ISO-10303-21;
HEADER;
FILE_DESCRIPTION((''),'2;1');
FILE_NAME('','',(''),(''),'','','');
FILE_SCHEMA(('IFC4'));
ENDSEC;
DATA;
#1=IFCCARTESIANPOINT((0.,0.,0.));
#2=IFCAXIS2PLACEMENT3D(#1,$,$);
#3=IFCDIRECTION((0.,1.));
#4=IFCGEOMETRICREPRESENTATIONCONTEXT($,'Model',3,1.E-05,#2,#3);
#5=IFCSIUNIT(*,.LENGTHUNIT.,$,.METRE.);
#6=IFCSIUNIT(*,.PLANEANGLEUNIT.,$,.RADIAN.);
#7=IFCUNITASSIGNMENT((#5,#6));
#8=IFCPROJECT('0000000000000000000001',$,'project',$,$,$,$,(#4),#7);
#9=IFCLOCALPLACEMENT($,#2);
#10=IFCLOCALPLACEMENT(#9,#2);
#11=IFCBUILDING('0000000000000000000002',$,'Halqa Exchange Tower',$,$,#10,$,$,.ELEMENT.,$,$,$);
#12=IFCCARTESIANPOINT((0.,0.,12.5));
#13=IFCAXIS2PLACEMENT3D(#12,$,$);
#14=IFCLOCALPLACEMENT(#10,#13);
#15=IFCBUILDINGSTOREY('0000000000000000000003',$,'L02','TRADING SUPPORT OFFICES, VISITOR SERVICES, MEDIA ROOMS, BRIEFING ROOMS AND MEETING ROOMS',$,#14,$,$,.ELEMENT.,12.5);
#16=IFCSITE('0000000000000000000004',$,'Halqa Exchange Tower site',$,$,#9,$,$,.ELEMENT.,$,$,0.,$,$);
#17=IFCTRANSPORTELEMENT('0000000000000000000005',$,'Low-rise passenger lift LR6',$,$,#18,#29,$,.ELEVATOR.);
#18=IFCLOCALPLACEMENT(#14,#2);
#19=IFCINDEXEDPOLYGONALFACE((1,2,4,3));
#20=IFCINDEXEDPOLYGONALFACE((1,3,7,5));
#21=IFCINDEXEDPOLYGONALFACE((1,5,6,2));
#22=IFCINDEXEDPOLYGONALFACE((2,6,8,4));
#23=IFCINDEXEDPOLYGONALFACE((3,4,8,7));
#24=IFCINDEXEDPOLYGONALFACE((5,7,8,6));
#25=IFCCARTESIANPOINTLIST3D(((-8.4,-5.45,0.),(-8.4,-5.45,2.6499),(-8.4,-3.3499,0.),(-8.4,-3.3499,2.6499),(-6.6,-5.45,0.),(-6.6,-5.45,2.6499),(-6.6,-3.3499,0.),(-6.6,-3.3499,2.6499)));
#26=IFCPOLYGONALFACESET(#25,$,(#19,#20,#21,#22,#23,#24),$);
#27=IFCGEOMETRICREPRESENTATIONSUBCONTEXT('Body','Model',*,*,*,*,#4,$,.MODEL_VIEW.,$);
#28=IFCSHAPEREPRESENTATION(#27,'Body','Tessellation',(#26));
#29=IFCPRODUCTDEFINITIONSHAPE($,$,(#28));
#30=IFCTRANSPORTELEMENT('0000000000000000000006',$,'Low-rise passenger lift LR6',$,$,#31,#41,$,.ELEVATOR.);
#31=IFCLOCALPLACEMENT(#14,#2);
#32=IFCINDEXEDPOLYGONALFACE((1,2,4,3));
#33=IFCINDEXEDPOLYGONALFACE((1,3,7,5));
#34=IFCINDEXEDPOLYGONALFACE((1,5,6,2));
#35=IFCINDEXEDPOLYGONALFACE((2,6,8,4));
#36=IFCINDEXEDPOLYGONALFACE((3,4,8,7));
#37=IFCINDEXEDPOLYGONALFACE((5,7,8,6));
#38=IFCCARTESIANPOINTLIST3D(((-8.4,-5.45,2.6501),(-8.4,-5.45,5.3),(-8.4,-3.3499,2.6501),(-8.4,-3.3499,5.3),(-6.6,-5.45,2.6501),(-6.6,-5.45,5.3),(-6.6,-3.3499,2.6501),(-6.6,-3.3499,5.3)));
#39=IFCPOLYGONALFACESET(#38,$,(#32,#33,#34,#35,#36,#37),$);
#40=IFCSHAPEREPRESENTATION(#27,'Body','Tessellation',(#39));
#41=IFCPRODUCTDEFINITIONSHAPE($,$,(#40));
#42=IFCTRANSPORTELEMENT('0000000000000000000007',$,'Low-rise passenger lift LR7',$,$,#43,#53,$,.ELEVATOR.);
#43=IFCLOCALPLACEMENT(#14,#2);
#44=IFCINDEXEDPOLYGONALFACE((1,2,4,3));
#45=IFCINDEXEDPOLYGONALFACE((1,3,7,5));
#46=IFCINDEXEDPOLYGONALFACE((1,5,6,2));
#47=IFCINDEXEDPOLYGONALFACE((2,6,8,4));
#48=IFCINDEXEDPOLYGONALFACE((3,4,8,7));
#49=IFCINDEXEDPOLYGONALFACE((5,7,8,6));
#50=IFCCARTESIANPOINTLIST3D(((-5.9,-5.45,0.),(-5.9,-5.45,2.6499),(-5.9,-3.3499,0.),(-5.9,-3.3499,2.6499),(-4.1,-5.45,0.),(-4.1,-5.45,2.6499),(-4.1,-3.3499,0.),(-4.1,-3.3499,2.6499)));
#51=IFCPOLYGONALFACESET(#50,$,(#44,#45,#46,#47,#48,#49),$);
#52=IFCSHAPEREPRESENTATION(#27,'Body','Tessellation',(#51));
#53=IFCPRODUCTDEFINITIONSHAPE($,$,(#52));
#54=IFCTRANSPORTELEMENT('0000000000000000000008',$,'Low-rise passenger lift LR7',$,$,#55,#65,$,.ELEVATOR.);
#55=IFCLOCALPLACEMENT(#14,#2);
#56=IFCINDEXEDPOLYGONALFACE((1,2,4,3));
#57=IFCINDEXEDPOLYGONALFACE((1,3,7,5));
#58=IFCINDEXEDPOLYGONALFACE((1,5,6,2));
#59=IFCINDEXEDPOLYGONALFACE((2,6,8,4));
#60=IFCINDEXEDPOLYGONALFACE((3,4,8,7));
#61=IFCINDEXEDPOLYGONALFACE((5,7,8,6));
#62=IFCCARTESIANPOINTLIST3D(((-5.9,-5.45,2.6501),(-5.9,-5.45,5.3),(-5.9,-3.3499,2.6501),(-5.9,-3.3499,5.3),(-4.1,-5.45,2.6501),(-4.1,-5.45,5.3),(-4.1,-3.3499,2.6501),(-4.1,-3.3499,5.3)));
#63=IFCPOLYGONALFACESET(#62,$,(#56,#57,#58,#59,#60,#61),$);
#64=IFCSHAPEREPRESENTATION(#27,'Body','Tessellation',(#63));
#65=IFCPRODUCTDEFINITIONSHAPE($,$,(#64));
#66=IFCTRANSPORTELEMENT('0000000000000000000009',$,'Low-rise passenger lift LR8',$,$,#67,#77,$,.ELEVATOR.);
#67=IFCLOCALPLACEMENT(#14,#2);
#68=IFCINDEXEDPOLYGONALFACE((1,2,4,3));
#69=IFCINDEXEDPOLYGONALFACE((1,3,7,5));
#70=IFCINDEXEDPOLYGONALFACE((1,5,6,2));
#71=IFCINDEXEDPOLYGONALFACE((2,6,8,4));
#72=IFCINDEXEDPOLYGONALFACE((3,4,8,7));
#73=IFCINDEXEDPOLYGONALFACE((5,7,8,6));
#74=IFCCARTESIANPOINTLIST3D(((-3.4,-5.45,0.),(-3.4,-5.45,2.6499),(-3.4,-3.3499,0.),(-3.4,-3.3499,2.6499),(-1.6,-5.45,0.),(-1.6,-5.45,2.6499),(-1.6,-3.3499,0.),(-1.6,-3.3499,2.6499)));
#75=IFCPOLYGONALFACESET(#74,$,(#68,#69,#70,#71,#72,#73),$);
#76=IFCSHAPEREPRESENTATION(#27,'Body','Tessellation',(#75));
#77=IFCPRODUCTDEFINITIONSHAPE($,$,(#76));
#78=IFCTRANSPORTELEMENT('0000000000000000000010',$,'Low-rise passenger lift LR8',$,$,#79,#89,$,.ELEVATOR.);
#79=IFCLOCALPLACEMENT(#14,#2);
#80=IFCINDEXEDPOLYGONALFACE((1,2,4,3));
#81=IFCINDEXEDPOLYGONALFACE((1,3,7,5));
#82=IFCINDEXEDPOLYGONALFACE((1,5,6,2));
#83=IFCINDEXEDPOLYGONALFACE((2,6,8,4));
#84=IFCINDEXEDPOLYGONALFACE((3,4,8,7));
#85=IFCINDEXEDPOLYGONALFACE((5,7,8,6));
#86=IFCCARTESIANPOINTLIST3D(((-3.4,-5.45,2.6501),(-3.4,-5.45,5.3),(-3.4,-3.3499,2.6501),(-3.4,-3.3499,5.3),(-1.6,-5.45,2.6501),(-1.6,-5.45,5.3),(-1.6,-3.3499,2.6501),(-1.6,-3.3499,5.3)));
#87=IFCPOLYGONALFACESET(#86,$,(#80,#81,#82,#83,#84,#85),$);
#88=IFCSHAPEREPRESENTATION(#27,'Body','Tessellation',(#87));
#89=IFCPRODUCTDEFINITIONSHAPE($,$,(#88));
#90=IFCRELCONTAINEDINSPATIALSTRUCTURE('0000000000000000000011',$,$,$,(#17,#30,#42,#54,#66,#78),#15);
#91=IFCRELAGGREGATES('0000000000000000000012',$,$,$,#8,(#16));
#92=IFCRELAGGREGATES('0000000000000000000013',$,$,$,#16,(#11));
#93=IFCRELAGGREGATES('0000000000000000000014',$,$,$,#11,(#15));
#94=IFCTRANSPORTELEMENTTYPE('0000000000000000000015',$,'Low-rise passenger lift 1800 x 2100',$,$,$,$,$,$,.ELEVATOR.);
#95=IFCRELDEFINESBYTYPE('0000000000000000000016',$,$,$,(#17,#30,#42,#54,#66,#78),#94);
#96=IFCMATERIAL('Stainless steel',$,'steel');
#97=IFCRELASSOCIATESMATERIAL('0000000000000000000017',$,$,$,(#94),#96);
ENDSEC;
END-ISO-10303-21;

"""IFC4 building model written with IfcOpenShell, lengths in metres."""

from ifc_helpers import new_model, si_unit, direction, frame, origin, origin_2d, place, context, subcontext, project, spatial, rectangle, extrude, material, type_object, element, save


model = new_model("IFC4")

# Units and contexts
model_context = context("Model", 3, precision=1e-05, world=origin(), true_north=direction((0.0, 1.0)))
body_context = subcontext(model_context, "Body", "Model", "MODEL_VIEW")
ifc_project = project(units=[si_unit("LENGTHUNIT", "METRE"), si_unit("PLANEANGLEUNIT", "RADIAN")], contexts=[model_context])

# Site, building, storey
site_placement = place(None, origin())
site = spatial("IfcSite", under=ifc_project, at=site_placement, Name="Halqa Exchange Tower site", CompositionType="ELEMENT", RefElevation=0.0)
building_placement = place(site_placement, origin())
building = spatial("IfcBuilding", under=site, at=building_placement, Name="Halqa Exchange Tower", CompositionType="ELEMENT")
storey_placement = place(building_placement, frame((0.0, 0.0, 12.5)))
storey = spatial("IfcBuildingStorey", under=building, at=storey_placement, Name="L02", Description="TRADING SUPPORT OFFICES, VISITOR SERVICES, MEDIA ROOMS, BRIEFING ROOMS AND MEETING ROOMS", CompositionType="ELEMENT", Elevation=12.5)

# Shared definitions
ifc_material_1 = material(Name="Stainless steel", Category="steel")

# Transport elements
transport_element_type = type_object("IfcTransportElementType", Name="Low-rise passenger lift 1800 x 2100", PredefinedType="ELEVATOR", material=ifc_material_1)
for number, where, z_axis, x_axis, name in (
    (1, (-7.5, -4.3999, 0.0), (0.0, 0.0, 1.0), (1.0, 0.0, 0.0), "Low-rise passenger lift LR6"),
    (2, (-7.5, -4.3999, 2.6501), (0.0, 0.0, 1.0), (1.0, 0.0, 0.0), "Low-rise passenger lift LR6"),
    (3, (-5.0, -4.3999, 0.0), (0.0, 0.0, 1.0), (1.0, 0.0, 0.0), "Low-rise passenger lift LR7"),
    (4, (-5.0, -4.3999, 2.6501), (0.0, 0.0, 1.0), (1.0, 0.0, 0.0), "Low-rise passenger lift LR7"),
    (5, (-2.5, -4.3999, 0.0), (0.0, 0.0, 1.0), (1.0, 0.0, 0.0), "Low-rise passenger lift LR8"),
    (6, (-2.5, -4.3999, 2.6501), (0.0, 0.0, 1.0), (1.0, 0.0, 0.0), "Low-rise passenger lift LR8"),
):
    element("IfcTransportElement", number, at=place(storey_placement, frame(where, z_axis=z_axis, x_axis=x_axis)), inside=storey, type_object=transport_element_type, Name=name, PredefinedType="ELEVATOR", context=body_context, shape_type="SweptSolid", body=[
        extrude(rectangle(XDim=1.8, YDim=2.1001, at=origin_2d()), origin(), (0.0, 0.0, 1.0), 2.6499),
    ])

save(model, "model.ifc")
